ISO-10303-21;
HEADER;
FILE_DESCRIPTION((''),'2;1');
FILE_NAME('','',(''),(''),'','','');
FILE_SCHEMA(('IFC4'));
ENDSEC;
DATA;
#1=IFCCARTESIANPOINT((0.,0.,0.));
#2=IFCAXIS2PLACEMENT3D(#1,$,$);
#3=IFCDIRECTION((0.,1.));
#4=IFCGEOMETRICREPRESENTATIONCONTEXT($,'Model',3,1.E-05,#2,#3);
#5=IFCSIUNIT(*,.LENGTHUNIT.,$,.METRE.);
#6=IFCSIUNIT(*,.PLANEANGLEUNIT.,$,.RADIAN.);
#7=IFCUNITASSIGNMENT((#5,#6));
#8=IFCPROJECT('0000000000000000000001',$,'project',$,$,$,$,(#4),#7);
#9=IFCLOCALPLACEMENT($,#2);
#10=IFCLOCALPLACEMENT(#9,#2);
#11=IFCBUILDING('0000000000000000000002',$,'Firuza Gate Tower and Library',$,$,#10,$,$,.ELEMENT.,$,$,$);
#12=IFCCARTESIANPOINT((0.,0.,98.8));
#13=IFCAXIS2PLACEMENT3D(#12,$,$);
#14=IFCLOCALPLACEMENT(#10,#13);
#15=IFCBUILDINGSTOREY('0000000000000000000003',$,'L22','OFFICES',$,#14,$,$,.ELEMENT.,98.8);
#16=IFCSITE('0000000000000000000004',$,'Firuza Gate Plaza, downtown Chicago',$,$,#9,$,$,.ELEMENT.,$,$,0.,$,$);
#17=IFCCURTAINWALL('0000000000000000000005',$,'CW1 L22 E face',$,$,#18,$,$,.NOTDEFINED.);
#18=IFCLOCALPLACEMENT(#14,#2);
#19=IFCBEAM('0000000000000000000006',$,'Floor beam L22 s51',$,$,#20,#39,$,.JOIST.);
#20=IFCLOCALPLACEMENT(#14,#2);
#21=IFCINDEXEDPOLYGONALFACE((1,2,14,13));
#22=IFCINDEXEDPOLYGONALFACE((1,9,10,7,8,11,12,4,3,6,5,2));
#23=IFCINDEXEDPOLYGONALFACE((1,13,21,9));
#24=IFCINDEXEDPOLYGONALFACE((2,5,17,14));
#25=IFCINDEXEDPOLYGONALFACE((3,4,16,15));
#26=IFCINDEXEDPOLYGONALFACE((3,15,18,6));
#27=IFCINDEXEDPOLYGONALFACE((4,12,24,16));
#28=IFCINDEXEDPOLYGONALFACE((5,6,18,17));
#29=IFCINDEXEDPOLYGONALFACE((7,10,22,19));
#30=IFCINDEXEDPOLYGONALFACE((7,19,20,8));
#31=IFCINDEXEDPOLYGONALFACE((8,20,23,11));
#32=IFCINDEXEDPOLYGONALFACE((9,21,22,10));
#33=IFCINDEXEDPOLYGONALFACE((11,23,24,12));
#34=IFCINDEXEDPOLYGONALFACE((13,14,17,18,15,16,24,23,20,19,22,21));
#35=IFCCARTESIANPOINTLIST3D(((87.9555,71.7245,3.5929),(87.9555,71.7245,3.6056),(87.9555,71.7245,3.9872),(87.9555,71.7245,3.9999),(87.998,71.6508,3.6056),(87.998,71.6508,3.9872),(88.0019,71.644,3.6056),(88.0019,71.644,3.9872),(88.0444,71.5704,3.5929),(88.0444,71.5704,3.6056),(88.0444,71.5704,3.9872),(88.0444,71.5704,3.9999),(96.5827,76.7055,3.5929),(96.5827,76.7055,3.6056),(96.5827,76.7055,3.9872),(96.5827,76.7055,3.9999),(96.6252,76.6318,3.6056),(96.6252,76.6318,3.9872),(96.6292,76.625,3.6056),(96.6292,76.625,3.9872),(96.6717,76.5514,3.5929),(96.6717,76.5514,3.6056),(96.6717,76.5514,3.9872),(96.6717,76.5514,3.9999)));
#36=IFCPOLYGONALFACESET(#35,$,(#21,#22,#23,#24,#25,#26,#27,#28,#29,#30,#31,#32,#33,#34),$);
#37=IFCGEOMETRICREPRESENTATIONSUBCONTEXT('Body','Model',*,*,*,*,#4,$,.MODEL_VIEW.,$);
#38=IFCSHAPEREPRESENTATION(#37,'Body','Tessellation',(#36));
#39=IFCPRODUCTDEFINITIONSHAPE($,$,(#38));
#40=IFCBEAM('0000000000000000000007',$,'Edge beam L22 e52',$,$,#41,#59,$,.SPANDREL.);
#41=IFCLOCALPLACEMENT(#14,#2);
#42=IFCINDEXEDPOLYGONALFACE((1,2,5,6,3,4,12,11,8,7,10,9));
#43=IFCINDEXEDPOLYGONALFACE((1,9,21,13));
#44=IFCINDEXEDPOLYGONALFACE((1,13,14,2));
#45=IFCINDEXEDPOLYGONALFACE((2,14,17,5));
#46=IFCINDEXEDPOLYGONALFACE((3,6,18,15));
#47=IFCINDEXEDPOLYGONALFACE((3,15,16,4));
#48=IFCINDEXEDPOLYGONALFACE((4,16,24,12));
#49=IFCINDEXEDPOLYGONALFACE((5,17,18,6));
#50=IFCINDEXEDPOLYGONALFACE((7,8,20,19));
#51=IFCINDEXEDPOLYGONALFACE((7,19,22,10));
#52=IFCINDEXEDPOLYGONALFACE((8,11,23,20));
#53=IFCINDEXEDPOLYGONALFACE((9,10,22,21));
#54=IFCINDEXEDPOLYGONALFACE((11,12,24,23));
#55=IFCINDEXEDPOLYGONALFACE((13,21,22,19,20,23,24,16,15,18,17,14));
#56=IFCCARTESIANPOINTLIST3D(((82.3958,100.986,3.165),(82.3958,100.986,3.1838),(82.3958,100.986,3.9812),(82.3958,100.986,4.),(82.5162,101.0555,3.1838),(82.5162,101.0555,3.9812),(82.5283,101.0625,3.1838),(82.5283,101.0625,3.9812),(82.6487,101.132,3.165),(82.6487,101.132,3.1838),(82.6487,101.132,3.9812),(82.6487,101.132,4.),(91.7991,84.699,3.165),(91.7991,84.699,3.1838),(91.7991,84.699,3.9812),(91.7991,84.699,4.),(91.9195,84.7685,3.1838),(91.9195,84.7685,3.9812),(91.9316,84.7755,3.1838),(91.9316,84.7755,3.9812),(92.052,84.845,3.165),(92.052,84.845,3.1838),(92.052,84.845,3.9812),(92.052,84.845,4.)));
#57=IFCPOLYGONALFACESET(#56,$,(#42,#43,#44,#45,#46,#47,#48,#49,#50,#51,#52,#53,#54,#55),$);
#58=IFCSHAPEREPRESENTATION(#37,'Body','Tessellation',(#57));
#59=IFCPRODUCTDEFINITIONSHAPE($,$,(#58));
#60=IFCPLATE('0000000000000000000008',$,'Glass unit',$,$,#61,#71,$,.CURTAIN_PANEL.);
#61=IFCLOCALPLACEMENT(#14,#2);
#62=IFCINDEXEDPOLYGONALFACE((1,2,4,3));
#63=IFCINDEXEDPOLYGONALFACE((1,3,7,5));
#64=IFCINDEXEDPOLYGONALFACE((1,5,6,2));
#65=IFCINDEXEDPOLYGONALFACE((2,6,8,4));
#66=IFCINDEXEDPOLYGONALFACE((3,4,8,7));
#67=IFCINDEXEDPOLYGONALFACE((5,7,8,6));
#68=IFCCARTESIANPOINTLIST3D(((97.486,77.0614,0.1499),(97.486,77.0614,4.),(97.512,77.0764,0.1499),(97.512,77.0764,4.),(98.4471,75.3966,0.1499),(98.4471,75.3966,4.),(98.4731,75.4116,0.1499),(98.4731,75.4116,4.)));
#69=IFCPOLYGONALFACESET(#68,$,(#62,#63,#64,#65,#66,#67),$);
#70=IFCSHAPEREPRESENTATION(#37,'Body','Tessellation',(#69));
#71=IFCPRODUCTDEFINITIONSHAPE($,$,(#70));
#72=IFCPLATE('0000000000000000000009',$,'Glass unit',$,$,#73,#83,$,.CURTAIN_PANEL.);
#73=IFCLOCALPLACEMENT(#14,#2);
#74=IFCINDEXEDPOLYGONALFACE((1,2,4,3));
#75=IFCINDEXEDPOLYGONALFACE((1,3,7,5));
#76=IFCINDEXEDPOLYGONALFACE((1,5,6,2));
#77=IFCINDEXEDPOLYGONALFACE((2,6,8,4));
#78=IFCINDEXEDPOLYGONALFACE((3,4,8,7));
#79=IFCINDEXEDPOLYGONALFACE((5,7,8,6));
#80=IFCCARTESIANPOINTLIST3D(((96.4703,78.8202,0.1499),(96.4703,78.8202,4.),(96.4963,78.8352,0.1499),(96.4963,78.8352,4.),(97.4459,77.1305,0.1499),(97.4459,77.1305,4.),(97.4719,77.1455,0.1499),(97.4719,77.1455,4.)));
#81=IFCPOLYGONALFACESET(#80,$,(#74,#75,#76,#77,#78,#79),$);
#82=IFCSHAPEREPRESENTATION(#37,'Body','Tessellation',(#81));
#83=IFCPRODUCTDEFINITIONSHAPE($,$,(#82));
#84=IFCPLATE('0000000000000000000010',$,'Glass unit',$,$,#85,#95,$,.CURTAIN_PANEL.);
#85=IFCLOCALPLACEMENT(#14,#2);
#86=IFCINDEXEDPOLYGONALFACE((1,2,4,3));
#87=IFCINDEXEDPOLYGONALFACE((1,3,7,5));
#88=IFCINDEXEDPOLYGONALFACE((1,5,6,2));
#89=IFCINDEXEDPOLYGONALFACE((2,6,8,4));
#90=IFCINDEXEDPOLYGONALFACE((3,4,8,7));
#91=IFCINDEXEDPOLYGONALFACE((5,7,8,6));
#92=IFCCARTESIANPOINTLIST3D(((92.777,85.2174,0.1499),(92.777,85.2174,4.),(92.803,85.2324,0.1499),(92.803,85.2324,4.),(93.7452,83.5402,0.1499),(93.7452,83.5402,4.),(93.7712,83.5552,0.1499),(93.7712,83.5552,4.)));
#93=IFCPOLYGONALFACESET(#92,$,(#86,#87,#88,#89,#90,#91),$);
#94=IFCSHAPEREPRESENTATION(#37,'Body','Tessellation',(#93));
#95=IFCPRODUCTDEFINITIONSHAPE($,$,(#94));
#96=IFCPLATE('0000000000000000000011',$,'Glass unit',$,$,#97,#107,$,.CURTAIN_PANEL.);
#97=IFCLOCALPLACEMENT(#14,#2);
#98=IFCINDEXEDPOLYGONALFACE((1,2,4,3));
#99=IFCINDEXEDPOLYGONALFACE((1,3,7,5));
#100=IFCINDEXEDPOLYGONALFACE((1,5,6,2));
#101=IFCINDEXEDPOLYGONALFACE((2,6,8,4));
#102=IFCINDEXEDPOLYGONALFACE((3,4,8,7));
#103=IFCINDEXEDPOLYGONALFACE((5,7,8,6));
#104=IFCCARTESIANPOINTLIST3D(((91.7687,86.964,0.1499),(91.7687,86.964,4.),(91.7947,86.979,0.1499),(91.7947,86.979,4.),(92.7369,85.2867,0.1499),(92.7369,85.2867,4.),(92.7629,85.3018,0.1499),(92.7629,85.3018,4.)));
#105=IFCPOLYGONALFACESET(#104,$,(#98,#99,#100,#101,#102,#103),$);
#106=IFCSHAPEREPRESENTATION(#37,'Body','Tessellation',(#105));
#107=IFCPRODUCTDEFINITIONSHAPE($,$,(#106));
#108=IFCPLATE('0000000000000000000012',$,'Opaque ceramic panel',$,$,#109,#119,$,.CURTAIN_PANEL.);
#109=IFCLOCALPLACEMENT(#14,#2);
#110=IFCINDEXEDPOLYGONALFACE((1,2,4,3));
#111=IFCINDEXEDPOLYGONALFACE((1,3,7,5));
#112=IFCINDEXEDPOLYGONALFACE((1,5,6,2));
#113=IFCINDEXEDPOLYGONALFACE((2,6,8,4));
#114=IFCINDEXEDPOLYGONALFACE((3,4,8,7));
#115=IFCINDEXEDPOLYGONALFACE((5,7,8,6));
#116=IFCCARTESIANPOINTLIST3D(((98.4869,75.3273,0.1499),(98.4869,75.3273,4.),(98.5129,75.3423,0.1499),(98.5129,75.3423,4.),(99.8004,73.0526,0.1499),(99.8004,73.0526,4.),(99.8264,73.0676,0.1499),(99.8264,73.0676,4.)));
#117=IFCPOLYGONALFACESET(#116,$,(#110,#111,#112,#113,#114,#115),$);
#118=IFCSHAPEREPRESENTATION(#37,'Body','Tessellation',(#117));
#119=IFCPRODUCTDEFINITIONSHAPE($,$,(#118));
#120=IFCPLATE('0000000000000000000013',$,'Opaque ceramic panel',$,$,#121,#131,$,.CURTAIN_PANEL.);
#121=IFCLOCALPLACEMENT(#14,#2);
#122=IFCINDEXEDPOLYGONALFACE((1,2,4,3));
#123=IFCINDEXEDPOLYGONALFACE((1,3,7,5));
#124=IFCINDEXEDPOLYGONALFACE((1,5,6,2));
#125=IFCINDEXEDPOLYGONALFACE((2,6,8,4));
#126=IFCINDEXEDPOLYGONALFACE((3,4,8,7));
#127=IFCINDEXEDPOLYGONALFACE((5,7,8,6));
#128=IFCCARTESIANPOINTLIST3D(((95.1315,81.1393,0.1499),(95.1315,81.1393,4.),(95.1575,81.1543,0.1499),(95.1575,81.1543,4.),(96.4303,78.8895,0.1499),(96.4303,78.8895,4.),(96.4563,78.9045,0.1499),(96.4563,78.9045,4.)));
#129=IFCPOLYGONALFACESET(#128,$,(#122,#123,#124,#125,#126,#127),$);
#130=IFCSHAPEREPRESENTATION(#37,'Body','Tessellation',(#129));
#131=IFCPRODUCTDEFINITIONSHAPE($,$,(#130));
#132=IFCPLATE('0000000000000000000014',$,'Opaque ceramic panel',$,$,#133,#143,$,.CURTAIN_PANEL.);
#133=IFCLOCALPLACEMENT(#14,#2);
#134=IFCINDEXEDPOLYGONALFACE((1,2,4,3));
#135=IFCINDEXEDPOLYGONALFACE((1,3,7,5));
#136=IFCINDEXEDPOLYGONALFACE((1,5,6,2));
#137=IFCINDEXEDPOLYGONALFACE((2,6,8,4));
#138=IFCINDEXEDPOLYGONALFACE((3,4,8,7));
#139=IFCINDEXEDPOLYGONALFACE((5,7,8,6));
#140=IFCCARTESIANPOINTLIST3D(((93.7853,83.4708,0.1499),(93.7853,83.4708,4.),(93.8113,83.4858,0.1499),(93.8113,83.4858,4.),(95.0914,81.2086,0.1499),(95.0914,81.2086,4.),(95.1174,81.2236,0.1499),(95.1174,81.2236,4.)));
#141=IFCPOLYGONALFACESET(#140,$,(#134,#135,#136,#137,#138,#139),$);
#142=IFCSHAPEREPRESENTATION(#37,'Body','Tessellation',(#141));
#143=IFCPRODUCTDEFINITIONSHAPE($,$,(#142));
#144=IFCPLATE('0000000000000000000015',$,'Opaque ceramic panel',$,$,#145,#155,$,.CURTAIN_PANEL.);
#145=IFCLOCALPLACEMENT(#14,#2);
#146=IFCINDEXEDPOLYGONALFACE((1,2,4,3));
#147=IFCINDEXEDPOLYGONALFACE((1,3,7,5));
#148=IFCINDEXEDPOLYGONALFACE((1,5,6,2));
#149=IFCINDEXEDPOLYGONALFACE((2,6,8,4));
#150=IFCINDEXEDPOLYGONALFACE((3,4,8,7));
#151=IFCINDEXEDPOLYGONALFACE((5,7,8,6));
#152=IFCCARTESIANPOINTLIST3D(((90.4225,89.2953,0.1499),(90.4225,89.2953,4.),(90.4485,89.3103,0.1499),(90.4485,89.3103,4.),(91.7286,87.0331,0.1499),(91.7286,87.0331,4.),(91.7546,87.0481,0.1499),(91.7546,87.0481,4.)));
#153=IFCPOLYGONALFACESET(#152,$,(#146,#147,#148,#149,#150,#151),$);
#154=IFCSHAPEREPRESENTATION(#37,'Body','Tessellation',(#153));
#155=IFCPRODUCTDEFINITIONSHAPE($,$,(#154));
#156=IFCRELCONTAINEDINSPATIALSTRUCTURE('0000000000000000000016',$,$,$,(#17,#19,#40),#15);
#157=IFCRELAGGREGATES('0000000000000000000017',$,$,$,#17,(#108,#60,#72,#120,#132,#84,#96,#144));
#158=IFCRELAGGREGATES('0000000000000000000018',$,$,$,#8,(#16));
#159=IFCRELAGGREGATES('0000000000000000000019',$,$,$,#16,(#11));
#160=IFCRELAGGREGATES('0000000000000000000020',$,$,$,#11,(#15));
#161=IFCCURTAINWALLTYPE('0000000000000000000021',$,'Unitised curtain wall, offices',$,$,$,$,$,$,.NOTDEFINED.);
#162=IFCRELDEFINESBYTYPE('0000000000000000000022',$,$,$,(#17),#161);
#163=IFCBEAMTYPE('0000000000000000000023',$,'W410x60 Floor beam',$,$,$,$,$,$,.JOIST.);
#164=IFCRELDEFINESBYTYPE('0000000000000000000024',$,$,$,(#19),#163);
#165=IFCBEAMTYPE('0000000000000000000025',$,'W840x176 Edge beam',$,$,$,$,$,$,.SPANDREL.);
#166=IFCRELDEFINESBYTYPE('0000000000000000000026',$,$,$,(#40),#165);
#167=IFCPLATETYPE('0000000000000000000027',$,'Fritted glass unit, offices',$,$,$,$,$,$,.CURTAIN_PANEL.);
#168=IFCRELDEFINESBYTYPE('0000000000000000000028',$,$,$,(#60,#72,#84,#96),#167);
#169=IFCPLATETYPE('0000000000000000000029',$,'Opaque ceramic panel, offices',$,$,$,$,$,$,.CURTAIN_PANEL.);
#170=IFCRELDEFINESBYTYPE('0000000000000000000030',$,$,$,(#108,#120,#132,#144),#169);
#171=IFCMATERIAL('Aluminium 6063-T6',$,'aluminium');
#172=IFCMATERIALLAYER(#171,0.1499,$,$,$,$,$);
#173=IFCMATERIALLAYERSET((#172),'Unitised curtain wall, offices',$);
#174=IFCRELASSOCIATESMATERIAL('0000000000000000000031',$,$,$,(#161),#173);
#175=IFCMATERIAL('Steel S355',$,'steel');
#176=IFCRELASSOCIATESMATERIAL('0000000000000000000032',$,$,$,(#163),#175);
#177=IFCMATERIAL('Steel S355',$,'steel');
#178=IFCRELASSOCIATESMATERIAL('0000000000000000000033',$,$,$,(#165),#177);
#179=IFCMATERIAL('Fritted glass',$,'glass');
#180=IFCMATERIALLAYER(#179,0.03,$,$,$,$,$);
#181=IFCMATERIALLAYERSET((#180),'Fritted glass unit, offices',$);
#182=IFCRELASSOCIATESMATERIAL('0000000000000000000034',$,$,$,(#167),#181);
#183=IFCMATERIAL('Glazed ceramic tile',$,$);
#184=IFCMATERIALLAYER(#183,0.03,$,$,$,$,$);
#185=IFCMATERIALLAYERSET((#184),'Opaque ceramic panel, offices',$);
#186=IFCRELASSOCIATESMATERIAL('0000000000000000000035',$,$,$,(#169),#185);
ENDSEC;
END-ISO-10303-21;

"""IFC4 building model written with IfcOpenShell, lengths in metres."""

from ifc_helpers import new_model, si_unit, direction, frame, origin, origin_2d, place, context, subcontext, project, spatial, polyline, i_section, outline, extrude, material, layer, layer_set, material_profile, profile_set, type_object, element, aggregate, save


model = new_model("IFC4")

# Units and contexts
model_context = context("Model", 3, precision=1e-05, world=origin(), true_north=direction((0.0, 1.0)))
body_context = subcontext(model_context, "Body", "Model", "MODEL_VIEW")
ifc_project = project(units=[si_unit("LENGTHUNIT", "METRE"), si_unit("PLANEANGLEUNIT", "RADIAN")], contexts=[model_context])

# Site, building, storey
site_placement = place(None, origin())
site = spatial("IfcSite", under=ifc_project, at=site_placement, Name="Firuza Gate Plaza, downtown Chicago", CompositionType="ELEMENT", RefElevation=0.0)
building_placement = place(site_placement, origin())
building = spatial("IfcBuilding", under=site, at=building_placement, Name="Firuza Gate Tower and Library", CompositionType="ELEMENT")
storey_placement = place(building_placement, frame((0.0, 0.0, 98.8)))
storey = spatial("IfcBuildingStorey", under=building, at=storey_placement, Name="L22", Description="OFFICES", CompositionType="ELEMENT", Elevation=98.8)

# Curtain wall
ifc_material_1 = material(Name="Aluminium 6063-T6", Category="aluminium")
ifc_layer_1 = layer(ifc_material_1, 0.1499)
ifc_layer_set_1 = layer_set([ifc_layer_1], Name="Unitised curtain wall, offices")
curtain_wall_type = type_object("IfcCurtainWallType", Name="Unitised curtain wall, offices", PredefinedType="NOTDEFINED", material=ifc_layer_set_1)
curtain_wall_placement = place(storey_placement, origin())
curtain_wall = element("IfcCurtainWall", 1, at=curtain_wall_placement, inside=storey, type_object=curtain_wall_type, Name="CW1 L22 E face", PredefinedType="NOTDEFINED")

# Beams
ifc_material_2 = material(Name="Steel S355", Category="steel")
ifc_material_profile_1 = material_profile(ifc_material_2, i_section(OverallWidth=0.178, OverallDepth=0.407, WebThickness=0.0078, FlangeThickness=0.0127, at=origin_2d()))
ifc_profile_set_1 = profile_set([ifc_material_profile_1], Name="Steel S355")
beam_type_1 = type_object("IfcBeamType", Name="W410x60 Floor beam", PredefinedType="JOIST", material=ifc_profile_set_1)
beam_1_placement = place(storey_placement, frame((96.6272, 76.6284, 3.7964), z_axis=(-0.866024, -0.500003, 0.0), x_axis=(0.500003, -0.866024, 0.0)))
element("IfcBeam", 2, at=beam_1_placement, inside=storey, type_object=beam_type_1, Name="Floor beam L22 s51", PredefinedType="JOIST", context=body_context, shape_type="SweptSolid", body=[
    extrude(i_section(OverallWidth=0.178, OverallDepth=0.407, WebThickness=0.0078, FlangeThickness=0.0127, at=origin_2d()), origin(), (0.0, 0.0, 1.0), 9.9619),
])
ifc_material_3 = material(Name="Steel S355", Category="steel")
ifc_material_profile_2 = material_profile(ifc_material_3, i_section(OverallWidth=0.292, OverallDepth=0.835, WebThickness=0.0139, FlangeThickness=0.0188, at=origin_2d()))
ifc_profile_set_2 = profile_set([ifc_material_profile_2], Name="Steel S355")
beam_type_2 = type_object("IfcBeamType", Name="W840x176 Edge beam", PredefinedType="SPANDREL", material=ifc_profile_set_2)
beam_2_placement = place(storey_placement, frame((91.9255, 84.772, 3.5825), z_axis=(-0.499998, 0.866026, 0.0), x_axis=(-0.866026, -0.499998, 0.0)))
element("IfcBeam", 3, at=beam_2_placement, inside=storey, type_object=beam_type_2, Name="Edge beam L22 e52", PredefinedType="SPANDREL", context=body_context, shape_type="SweptSolid", body=[
    extrude(i_section(OverallWidth=0.292, OverallDepth=0.835, WebThickness=0.0139, FlangeThickness=0.0188, at=origin_2d()), origin(), (0.0, 0.0, 1.0), 18.8066),
])

# Plates
ifc_material_4 = material(Name="Fritted glass", Category="glass")
ifc_layer_2 = layer(ifc_material_4, 0.03)
ifc_layer_set_2 = layer_set([ifc_layer_2], Name="Fritted glass unit, offices")
plate_type_1 = type_object("IfcPlateType", Name="Fritted glass unit, offices", PredefinedType="CURTAIN_PANEL", material=ifc_layer_set_2)
plate_1_placement = place(storey_placement, frame((98.4731, 75.4116, 0.1499), z_axis=(0.866023, 0.500005, 0.0), x_axis=(-0.500005, 0.866023, 0.0)))
plate_1 = element("IfcPlate", 4, at=plate_1_placement, type_object=plate_type_1, Name="Glass unit", PredefinedType="CURTAIN_PANEL", context=body_context, shape_type="SweptSolid", body=[
    extrude(outline(polyline([(0.0, 0.0), (1.9223, 0.0), (1.9223, 3.8501), (0.0, 3.8501), (0.0, 0.0)])), origin(), (0.0, 0.0, -1.0), 0.03),
])
plate_2_placement = place(storey_placement, frame((97.4719, 77.1455, 0.1499), z_axis=(0.866017, 0.500015, 0.0), x_axis=(-0.500015, 0.866017, 0.0)))
plate_2 = element("IfcPlate", 5, at=plate_2_placement, type_object=plate_type_1, Name="Glass unit", PredefinedType="CURTAIN_PANEL", context=body_context, shape_type="SweptSolid", body=[
    extrude(outline(polyline([(0.0, 0.0), (1.9511, 0.0), (1.9511, 3.8501), (0.0, 3.8501), (0.0, 0.0)])), origin(), (0.0, 0.0, -1.0), 0.03),
])
plate_3_placement = place(storey_placement, frame((93.7712, 83.5552, 0.1499), z_axis=(0.866047, 0.499963, 0.0), x_axis=(-0.499963, 0.866047, 0.0)))
plate_3 = element("IfcPlate", 6, at=plate_3_placement, type_object=plate_type_1, Name="Glass unit", PredefinedType="CURTAIN_PANEL", context=body_context, shape_type="SweptSolid", body=[
    extrude(outline(polyline([(0.0, 0.0), (1.9367, 0.0), (1.9367, 3.8501), (0.0, 3.8501), (0.0, 0.0)])), origin(), (0.0, 0.0, -1.0), 0.03),
])
plate_4_placement = place(storey_placement, frame((92.7629, 85.3018, 0.1499), z_axis=(0.866047, 0.499963, 0.0), x_axis=(-0.499963, 0.866047, 0.0)))
plate_4 = element("IfcPlate", 7, at=plate_4_placement, type_object=plate_type_1, Name="Glass unit", PredefinedType="CURTAIN_PANEL", context=body_context, shape_type="SweptSolid", body=[
    extrude(outline(polyline([(0.0, 0.0), (1.9367, 0.0), (1.9367, 3.8501), (0.0, 3.8501), (0.0, 0.0)])), origin(), (0.0, 0.0, -1.0), 0.03),
])
ifc_material_5 = material(Name="Glazed ceramic tile")
ifc_layer_3 = layer(ifc_material_5, 0.03)
ifc_layer_set_3 = layer_set([ifc_layer_3], Name="Opaque ceramic panel, offices")
plate_type_2 = type_object("IfcPlateType", Name="Opaque ceramic panel, offices", PredefinedType="CURTAIN_PANEL", material=ifc_layer_set_3)
plate_5_placement = place(storey_placement, frame((99.8264, 73.0676, 0.1499), z_axis=(0.865992, 0.500058, 0.0), x_axis=(-0.500058, 0.865992, 0.0)))
plate_5 = element("IfcPlate", 8, at=plate_5_placement, type_object=plate_type_2, Name="Opaque ceramic panel", PredefinedType="CURTAIN_PANEL", context=body_context, shape_type="SweptSolid", body=[
    extrude(outline(polyline([(0.0, 0.0), (2.6267, 0.0), (2.6267, 3.8501), (0.0, 3.8501), (0.0, 0.0)])), origin(), (0.0, 0.0, -1.0), 0.03),
])
plate_6_placement = place(storey_placement, frame((96.4563, 78.9045, 0.1499), z_axis=(0.866037, 0.49998, 0.0), x_axis=(-0.49998, 0.866037, 0.0)))
plate_6 = element("IfcPlate", 9, at=plate_6_placement, type_object=plate_type_2, Name="Opaque ceramic panel", PredefinedType="CURTAIN_PANEL", context=body_context, shape_type="SweptSolid", body=[
    extrude(outline(polyline([(0.0, 0.0), (2.5978, 0.0), (2.5978, 3.8501), (0.0, 3.8501), (0.0, 0.0)])), origin(), (0.0, 0.0, -1.0), 0.03),
])
plate_7_placement = place(storey_placement, frame((95.1174, 81.2236, 0.1499), z_axis=(0.866014, 0.500019, 0.0), x_axis=(-0.500019, 0.866014, 0.0)))
plate_7 = element("IfcPlate", 10, at=plate_7_placement, type_object=plate_type_2, Name="Opaque ceramic panel", PredefinedType="CURTAIN_PANEL", context=body_context, shape_type="SweptSolid", body=[
    extrude(outline(polyline([(0.0, 0.0), (2.6122, 0.0), (2.6122, 3.8501), (0.0, 3.8501), (0.0, 0.0)])), origin(), (0.0, 0.0, -1.0), 0.03),
])
plate_8_placement = place(storey_placement, frame((91.7546, 87.0481, 0.1499), z_axis=(0.866014, 0.500019, 0.0), x_axis=(-0.500019, 0.866014, 0.0)))
plate_8 = element("IfcPlate", 11, at=plate_8_placement, type_object=plate_type_2, Name="Opaque ceramic panel", PredefinedType="CURTAIN_PANEL", context=body_context, shape_type="SweptSolid", body=[
    extrude(outline(polyline([(0.0, 0.0), (2.6122, 0.0), (2.6122, 3.8501), (0.0, 3.8501), (0.0, 0.0)])), origin(), (0.0, 0.0, -1.0), 0.03),
])
aggregate(curtain_wall, [plate_5, plate_1, plate_2, plate_6, plate_7, plate_3, plate_4, plate_8])

save(model, "model.ifc")
